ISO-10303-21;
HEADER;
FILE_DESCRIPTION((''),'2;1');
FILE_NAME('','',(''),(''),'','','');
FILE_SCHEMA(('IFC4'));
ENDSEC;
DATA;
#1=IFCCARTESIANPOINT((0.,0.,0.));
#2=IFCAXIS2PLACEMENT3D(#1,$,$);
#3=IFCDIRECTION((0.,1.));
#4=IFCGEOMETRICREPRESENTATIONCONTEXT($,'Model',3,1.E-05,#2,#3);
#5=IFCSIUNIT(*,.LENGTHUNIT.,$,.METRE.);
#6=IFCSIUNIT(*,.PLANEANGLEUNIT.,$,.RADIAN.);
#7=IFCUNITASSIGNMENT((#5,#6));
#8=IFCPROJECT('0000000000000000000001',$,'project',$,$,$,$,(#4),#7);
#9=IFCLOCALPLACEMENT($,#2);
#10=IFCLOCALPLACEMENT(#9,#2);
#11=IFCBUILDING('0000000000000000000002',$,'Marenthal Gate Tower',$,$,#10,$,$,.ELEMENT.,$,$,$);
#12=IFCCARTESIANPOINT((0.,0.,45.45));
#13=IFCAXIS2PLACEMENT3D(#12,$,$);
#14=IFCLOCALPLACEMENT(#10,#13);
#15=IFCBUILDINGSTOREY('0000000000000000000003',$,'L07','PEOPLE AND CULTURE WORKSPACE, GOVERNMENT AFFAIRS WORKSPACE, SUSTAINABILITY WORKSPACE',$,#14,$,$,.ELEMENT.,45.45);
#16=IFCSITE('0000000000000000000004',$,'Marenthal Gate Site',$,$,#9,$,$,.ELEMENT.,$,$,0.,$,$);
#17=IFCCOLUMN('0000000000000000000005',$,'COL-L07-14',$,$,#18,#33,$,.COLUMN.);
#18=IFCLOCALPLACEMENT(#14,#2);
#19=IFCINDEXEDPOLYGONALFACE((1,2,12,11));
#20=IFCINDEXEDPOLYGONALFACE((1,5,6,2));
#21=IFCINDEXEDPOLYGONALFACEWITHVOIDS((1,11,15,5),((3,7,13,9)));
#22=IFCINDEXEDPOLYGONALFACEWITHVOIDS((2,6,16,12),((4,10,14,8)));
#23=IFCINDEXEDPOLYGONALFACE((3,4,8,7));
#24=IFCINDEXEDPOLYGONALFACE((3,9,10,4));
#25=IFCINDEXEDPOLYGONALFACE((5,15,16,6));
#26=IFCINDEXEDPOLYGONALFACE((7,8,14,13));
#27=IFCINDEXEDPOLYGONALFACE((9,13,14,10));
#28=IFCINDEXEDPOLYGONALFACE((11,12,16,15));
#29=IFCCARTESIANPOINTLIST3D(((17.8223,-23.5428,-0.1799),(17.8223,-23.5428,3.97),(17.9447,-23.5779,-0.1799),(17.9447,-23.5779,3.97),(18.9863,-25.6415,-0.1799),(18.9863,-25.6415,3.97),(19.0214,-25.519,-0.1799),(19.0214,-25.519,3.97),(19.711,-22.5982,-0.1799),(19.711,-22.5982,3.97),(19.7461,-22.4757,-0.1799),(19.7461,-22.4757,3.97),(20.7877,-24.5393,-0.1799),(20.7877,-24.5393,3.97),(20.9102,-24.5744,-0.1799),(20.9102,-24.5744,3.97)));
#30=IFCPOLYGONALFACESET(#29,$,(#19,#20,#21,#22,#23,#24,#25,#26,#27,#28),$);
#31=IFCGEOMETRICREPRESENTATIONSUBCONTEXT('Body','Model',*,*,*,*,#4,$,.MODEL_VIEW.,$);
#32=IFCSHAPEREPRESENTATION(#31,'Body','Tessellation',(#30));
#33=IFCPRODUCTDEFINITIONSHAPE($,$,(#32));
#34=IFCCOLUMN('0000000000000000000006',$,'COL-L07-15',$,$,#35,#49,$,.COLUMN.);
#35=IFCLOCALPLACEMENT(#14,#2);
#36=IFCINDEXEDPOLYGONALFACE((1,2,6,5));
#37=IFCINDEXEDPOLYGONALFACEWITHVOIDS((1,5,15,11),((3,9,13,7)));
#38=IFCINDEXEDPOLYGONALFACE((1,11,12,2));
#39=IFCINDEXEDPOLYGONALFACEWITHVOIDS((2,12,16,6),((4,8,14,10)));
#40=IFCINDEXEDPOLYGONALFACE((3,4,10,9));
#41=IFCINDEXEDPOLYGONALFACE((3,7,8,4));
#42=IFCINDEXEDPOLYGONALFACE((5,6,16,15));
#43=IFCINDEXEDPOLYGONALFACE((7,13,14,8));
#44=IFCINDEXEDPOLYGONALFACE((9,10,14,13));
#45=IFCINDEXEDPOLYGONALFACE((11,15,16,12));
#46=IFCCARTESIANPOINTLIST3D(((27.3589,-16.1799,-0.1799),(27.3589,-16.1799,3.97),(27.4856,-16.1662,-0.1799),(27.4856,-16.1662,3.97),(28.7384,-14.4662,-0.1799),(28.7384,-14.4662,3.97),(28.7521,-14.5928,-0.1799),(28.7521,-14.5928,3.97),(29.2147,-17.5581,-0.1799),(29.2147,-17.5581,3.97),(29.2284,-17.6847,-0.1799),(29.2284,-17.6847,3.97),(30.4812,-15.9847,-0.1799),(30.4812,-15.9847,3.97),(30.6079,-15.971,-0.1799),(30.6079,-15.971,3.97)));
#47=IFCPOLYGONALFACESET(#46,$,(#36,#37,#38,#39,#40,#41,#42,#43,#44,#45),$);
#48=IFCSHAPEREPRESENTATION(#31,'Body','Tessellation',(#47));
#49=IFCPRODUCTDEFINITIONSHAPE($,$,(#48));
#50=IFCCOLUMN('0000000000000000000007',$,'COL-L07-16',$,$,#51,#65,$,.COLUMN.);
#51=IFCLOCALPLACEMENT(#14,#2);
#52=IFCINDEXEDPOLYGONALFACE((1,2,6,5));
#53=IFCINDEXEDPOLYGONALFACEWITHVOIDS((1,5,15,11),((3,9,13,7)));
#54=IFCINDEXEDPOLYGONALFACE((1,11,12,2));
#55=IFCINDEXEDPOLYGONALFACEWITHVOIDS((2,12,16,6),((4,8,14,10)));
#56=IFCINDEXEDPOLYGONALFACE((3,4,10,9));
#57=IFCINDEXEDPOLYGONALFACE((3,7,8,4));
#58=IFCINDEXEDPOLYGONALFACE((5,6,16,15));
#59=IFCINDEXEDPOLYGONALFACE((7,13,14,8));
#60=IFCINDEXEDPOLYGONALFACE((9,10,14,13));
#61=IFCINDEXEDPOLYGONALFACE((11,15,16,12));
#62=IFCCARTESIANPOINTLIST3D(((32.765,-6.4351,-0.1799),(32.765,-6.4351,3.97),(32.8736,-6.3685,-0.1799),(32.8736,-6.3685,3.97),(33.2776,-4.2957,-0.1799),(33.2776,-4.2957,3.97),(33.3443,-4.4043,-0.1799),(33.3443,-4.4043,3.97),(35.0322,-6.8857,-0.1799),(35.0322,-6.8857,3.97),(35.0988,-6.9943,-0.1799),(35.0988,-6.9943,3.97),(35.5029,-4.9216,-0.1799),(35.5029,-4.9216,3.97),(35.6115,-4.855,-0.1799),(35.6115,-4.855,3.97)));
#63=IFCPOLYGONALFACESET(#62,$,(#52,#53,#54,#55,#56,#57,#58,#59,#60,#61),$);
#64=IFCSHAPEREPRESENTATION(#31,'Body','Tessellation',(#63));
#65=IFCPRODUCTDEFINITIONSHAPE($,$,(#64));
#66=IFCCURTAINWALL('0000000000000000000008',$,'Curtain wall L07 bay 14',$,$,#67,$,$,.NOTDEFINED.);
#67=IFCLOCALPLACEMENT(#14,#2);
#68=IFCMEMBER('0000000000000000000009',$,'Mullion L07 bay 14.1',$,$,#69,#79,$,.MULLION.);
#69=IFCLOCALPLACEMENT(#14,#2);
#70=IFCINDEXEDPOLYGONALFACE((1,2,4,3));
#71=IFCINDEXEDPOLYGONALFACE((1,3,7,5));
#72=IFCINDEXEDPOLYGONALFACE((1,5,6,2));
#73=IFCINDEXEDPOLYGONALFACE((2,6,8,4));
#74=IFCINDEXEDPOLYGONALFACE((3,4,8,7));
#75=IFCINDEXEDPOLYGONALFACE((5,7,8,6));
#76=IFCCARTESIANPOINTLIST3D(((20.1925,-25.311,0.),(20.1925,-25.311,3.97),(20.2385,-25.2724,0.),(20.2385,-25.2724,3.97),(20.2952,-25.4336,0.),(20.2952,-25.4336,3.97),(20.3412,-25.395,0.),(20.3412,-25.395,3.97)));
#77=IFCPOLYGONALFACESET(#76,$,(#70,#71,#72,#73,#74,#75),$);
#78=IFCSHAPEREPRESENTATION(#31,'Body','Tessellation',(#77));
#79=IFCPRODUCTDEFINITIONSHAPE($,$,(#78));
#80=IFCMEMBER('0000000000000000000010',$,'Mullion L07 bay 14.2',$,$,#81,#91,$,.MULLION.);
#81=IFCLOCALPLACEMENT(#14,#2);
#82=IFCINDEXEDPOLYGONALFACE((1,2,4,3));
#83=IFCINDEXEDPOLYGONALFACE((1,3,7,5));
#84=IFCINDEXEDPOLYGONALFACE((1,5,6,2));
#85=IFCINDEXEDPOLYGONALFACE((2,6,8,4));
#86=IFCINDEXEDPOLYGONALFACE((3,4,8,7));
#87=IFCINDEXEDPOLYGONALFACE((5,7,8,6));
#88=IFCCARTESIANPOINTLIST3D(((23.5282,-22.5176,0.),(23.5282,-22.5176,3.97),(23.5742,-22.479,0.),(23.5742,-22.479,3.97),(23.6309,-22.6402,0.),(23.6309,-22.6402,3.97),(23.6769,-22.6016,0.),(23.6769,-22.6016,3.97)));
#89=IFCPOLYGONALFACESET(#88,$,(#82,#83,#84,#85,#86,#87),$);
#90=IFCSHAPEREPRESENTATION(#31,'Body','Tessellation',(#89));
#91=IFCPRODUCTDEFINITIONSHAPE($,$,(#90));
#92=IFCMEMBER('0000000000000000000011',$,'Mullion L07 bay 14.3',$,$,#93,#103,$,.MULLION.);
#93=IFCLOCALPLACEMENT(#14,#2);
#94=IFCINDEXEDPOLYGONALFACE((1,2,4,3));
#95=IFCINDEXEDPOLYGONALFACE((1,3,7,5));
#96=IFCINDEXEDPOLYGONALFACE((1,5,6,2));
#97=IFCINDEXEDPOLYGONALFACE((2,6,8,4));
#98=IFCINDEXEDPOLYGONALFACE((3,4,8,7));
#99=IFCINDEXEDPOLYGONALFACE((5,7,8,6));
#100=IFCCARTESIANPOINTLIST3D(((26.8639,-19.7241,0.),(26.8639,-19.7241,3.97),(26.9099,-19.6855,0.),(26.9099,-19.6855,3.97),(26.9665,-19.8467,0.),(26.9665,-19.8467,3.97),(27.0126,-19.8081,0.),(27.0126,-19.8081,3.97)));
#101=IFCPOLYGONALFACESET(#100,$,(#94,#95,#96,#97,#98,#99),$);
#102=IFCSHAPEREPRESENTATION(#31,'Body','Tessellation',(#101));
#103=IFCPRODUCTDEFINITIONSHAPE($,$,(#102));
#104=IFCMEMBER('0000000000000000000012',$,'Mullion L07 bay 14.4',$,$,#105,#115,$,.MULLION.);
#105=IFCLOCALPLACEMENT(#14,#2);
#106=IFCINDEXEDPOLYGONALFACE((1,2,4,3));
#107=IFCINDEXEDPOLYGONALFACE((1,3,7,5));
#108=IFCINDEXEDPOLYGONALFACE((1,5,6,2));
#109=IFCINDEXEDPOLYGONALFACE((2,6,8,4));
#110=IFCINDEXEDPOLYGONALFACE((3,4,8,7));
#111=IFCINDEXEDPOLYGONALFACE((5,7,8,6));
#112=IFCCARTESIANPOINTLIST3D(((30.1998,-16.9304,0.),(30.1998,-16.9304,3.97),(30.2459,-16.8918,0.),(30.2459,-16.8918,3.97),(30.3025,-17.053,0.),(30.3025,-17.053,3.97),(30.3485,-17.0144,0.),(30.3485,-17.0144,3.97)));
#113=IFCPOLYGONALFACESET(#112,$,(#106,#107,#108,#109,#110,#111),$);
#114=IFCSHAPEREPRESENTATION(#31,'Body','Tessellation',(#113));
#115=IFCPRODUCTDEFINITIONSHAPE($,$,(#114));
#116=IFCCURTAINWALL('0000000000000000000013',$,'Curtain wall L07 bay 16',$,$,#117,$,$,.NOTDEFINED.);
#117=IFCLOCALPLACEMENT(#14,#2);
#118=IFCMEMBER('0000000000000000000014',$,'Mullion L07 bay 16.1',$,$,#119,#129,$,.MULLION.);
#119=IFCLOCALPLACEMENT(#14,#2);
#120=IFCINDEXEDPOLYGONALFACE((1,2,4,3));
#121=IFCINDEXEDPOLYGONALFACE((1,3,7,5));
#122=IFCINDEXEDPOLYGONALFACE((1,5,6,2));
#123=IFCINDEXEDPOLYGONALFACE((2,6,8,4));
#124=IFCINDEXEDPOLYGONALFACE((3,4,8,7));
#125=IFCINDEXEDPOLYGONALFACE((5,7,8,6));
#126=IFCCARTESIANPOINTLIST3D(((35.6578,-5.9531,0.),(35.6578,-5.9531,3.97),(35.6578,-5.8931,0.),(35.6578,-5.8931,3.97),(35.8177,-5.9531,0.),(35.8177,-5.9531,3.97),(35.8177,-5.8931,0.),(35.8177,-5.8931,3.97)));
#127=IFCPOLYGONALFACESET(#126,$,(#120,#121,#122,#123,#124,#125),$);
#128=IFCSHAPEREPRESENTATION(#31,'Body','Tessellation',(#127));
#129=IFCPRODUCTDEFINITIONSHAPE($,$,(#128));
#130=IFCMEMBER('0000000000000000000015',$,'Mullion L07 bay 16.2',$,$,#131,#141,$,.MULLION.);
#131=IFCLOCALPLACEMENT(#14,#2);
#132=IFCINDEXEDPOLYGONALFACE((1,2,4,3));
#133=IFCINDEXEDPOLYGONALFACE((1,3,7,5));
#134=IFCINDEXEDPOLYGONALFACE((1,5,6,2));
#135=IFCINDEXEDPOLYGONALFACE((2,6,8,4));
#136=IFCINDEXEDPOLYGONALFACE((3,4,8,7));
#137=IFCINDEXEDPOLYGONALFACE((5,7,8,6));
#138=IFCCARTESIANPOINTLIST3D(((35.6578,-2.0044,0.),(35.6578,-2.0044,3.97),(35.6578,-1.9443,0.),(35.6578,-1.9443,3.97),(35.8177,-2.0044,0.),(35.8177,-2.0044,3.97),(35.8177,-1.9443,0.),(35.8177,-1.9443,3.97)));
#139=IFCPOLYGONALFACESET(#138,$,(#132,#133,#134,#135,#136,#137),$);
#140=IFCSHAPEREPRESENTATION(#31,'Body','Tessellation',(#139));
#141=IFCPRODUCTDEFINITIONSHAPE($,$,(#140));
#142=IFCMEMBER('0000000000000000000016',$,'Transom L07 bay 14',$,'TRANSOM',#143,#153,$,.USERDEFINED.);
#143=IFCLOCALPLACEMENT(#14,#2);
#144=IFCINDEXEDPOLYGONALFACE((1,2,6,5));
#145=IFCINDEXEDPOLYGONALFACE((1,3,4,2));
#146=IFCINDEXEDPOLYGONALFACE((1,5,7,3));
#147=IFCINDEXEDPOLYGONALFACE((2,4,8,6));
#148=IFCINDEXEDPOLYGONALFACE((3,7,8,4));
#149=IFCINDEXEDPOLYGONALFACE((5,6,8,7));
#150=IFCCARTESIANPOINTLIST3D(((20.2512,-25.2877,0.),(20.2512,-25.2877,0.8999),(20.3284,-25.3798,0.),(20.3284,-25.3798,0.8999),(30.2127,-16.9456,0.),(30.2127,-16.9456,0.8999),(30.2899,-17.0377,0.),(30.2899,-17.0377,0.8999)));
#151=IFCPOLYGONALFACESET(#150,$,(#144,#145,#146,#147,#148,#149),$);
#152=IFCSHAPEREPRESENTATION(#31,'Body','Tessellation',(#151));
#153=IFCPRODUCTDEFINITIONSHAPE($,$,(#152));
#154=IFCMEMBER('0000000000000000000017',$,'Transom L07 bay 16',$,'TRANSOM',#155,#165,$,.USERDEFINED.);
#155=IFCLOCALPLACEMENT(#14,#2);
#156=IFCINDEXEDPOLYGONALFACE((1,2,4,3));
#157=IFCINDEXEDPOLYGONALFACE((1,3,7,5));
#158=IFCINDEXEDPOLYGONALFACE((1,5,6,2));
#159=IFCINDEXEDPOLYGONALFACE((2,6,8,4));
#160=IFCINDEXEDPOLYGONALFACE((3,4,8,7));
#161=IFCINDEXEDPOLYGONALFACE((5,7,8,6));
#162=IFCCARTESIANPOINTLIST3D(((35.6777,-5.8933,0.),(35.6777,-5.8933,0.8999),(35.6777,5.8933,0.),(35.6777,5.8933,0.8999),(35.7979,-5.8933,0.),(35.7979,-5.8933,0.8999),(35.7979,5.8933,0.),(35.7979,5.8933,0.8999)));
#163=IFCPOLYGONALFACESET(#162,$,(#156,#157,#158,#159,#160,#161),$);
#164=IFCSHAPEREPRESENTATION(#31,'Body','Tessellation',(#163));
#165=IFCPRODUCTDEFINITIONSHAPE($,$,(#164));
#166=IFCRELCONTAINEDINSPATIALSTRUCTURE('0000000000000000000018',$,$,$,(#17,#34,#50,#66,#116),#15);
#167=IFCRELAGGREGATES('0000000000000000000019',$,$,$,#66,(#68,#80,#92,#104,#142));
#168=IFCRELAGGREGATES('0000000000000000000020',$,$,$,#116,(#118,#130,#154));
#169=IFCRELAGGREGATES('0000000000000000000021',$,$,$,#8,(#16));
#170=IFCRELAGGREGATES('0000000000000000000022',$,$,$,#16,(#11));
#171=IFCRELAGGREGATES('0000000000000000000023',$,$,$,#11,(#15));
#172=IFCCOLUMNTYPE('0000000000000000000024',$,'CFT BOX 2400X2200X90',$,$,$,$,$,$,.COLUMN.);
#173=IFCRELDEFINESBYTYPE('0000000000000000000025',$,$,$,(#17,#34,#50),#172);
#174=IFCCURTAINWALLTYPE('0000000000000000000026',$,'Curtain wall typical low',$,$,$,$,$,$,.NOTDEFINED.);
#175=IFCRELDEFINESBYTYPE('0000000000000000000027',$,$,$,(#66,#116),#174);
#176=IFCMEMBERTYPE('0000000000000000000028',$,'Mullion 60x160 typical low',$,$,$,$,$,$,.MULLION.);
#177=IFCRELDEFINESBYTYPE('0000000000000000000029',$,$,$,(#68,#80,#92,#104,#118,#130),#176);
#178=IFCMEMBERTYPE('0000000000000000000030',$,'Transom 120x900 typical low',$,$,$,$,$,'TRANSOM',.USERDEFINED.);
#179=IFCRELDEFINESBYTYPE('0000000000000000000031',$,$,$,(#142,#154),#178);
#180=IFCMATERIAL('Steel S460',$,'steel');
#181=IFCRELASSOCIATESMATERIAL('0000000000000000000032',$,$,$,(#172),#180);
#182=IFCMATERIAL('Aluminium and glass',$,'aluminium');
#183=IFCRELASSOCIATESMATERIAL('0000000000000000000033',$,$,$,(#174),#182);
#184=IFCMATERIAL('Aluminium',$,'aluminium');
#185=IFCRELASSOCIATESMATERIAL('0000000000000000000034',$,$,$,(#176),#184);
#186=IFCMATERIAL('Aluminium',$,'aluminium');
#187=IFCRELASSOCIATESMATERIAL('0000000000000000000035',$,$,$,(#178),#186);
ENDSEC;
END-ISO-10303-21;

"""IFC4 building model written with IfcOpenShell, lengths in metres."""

from ifc_helpers import new_model, si_unit, direction, frame, origin, origin_2d, place, context, subcontext, project, spatial, rectangle, hollow_rectangle, extrude, material, material_profile, profile_set, type_object, element, aggregate, save


model = new_model("IFC4")

# Units and contexts
model_context = context("Model", 3, precision=1e-05, world=origin(), true_north=direction((0.0, 1.0)))
body_context = subcontext(model_context, "Body", "Model", "MODEL_VIEW")
ifc_project = project(units=[si_unit("LENGTHUNIT", "METRE"), si_unit("PLANEANGLEUNIT", "RADIAN")], contexts=[model_context])

# Site, building, storey
site_placement = place(None, origin())
site = spatial("IfcSite", under=ifc_project, at=site_placement, Name="Marenthal Gate Site", CompositionType="ELEMENT", RefElevation=0.0)
building_placement = place(site_placement, origin())
building = spatial("IfcBuilding", under=site, at=building_placement, Name="Marenthal Gate Tower", CompositionType="ELEMENT")
storey_placement = place(building_placement, frame((0.0, 0.0, 45.45)))
storey = spatial("IfcBuildingStorey", under=building, at=storey_placement, Name="L07", Description="PEOPLE AND CULTURE WORKSPACE, GOVERNMENT AFFAIRS WORKSPACE, SUSTAINABILITY WORKSPACE", CompositionType="ELEMENT", Elevation=45.45)

# Columns
ifc_material_1 = material(Name="Steel S460", Category="steel")
ifc_material_profile_1 = material_profile(ifc_material_1, hollow_rectangle(XDim=2.2, YDim=2.3999, WallThickness=0.0901, at=origin_2d()), Name="CFT BOX 2400X2200X90")
ifc_material_2 = material(Name="Concrete 70 MPa", Category="concrete")
ifc_material_profile_2 = material_profile(ifc_material_2, rectangle(XDim=2.02, YDim=2.22, at=origin_2d()), Name="CFT BOX 2400X2200X90 INFILL")
ifc_profile_set_1 = profile_set([ifc_material_profile_1, ifc_material_profile_2], Name="Steel S460 shell, Concrete 70 MPa infill")
column_type = type_object("IfcColumnType", Name="CFT BOX 2400X2200X90", PredefinedType="COLUMN", material=ifc_profile_set_1)
for number, where, z_axis, x_axis, name in (
    (1, (19.3662, -24.0586, -0.1799), (0.0, 0.0, 1.0), (-0.874496, -0.485032, 0.0), "COL-L07-14"),
    (2, (28.9834, -16.0754, -0.1799), (0.0, 0.0, 1.0), (-0.627046, -0.778982, 0.0), "COL-L07-15"),
    (3, (34.1882, -5.645, -0.1799), (0.0, 0.0, 1.0), (-0.233033, -0.972469, 0.0), "COL-L07-16"),
):
    element("IfcColumn", number, at=place(storey_placement, frame(where, z_axis=z_axis, x_axis=x_axis)), inside=storey, type_object=column_type, Name=name, PredefinedType="COLUMN", context=body_context, shape_type="SweptSolid", body=[
        extrude(hollow_rectangle(XDim=2.2, YDim=2.3999, WallThickness=0.0901, at=origin_2d()), origin(), (0.0, 0.0, 1.0), 4.1499),
    ])

# Curtain walls, members
ifc_material_3 = material(Name="Aluminium and glass", Category="aluminium")
curtain_wall_type = type_object("IfcCurtainWallType", Name="Curtain wall typical low", PredefinedType="NOTDEFINED", material=ifc_material_3)
curtain_wall_1_placement = place(storey_placement, origin())
curtain_wall_1 = element("IfcCurtainWall", 4, at=curtain_wall_1_placement, inside=storey, type_object=curtain_wall_type, Name="Curtain wall L07 bay 14", PredefinedType="NOTDEFINED")
ifc_material_4 = material(Name="Aluminium", Category="aluminium")
ifc_material_profile_3 = material_profile(ifc_material_4, rectangle(XDim=0.1599, YDim=0.0601, at=origin_2d()), Name="60x160 aluminium mullion")
ifc_profile_set_2 = profile_set([ifc_material_profile_3], Name="Aluminium")
member_type_1 = type_object("IfcMemberType", Name="Mullion 60x160 typical low", PredefinedType="MULLION", material=ifc_profile_set_2)
member_1_placement = place(storey_placement, frame((20.2668, -25.353, 0.0), z_axis=(0.0, 0.0, 1.0), x_axis=(-0.642047, 0.766665, 0.0)))
member_1 = element("IfcMember", 5, at=member_1_placement, type_object=member_type_1, Name="Mullion L07 bay 14.1", PredefinedType="MULLION", context=body_context, shape_type="SweptSolid", body=[
    extrude(rectangle(XDim=0.1599, YDim=0.0601, at=origin_2d()), origin(), (0.0, 0.0, 1.0), 3.97),
])
member_2_placement = place(storey_placement, frame((23.6025, -22.5596, 0.0), z_axis=(0.0, 0.0, 1.0), x_axis=(-0.642047, 0.766665, 0.0)))
member_2 = element("IfcMember", 6, at=member_2_placement, type_object=member_type_1, Name="Mullion L07 bay 14.2", PredefinedType="MULLION", context=body_context, shape_type="SweptSolid", body=[
    extrude(rectangle(XDim=0.1599, YDim=0.0601, at=origin_2d()), origin(), (0.0, 0.0, 1.0), 3.97),
])
member_3_placement = place(storey_placement, frame((26.9382, -19.7661, 0.0), z_axis=(0.0, 0.0, 1.0), x_axis=(-0.642047, 0.766665, 0.0)))
member_3 = element("IfcMember", 7, at=member_3_placement, type_object=member_type_1, Name="Mullion L07 bay 14.3", PredefinedType="MULLION", context=body_context, shape_type="SweptSolid", body=[
    extrude(rectangle(XDim=0.1599, YDim=0.0601, at=origin_2d()), origin(), (0.0, 0.0, 1.0), 3.97),
])
member_4_placement = place(storey_placement, frame((30.2742, -16.9724, 0.0), z_axis=(0.0, 0.0, 1.0), x_axis=(-0.642047, 0.766665, 0.0)))
member_4 = element("IfcMember", 8, at=member_4_placement, type_object=member_type_1, Name="Mullion L07 bay 14.4", PredefinedType="MULLION", context=body_context, shape_type="SweptSolid", body=[
    extrude(rectangle(XDim=0.1599, YDim=0.0601, at=origin_2d()), origin(), (0.0, 0.0, 1.0), 3.97),
])
curtain_wall_2_placement = place(storey_placement, origin())
curtain_wall_2 = element("IfcCurtainWall", 9, at=curtain_wall_2_placement, inside=storey, type_object=curtain_wall_type, Name="Curtain wall L07 bay 16", PredefinedType="NOTDEFINED")
member_5_placement = place(storey_placement, frame((35.7378, -5.9231, 0.0), z_axis=(0.0, 0.0, 1.0), x_axis=(-1.0, 0.0, 0.0)))
member_5 = element("IfcMember", 10, at=member_5_placement, type_object=member_type_1, Name="Mullion L07 bay 16.1", PredefinedType="MULLION", context=body_context, shape_type="SweptSolid", body=[
    extrude(rectangle(XDim=0.1599, YDim=0.0601, at=origin_2d()), origin(), (0.0, 0.0, 1.0), 3.97),
])
member_6_placement = place(storey_placement, frame((35.7378, -1.9744, 0.0), z_axis=(0.0, 0.0, 1.0), x_axis=(-1.0, 0.0, 0.0)))
member_6 = element("IfcMember", 11, at=member_6_placement, type_object=member_type_1, Name="Mullion L07 bay 16.2", PredefinedType="MULLION", context=body_context, shape_type="SweptSolid", body=[
    extrude(rectangle(XDim=0.1599, YDim=0.0601, at=origin_2d()), origin(), (0.0, 0.0, 1.0), 3.97),
])

# Members
ifc_material_5 = material(Name="Aluminium", Category="aluminium")
ifc_material_profile_4 = material_profile(ifc_material_5, rectangle(XDim=0.1201, YDim=0.8999, at=origin_2d()), Name="120x900 aluminium transom")
ifc_profile_set_3 = profile_set([ifc_material_profile_4], Name="Aluminium")
member_type_2 = type_object("IfcMemberType", Name="Transom 120x900 typical low", ElementType="TRANSOM", PredefinedType="USERDEFINED", material=ifc_profile_set_3)
member_7_placement = place(storey_placement, frame((20.2898, -25.3337, 0.45), z_axis=(0.766673, 0.642038, 0.0), x_axis=(-0.642038, 0.766673, 0.0)))
member_7 = element("IfcMember", 12, at=member_7_placement, type_object=member_type_2, Name="Transom L07 bay 14", ObjectType="TRANSOM", PredefinedType="USERDEFINED", context=body_context, shape_type="SweptSolid", body=[
    extrude(rectangle(XDim=0.1201, YDim=0.8999, at=origin_2d()), origin(), (0.0, 0.0, 1.0), 12.9932),
])
member_8_placement = place(storey_placement, frame((35.7378, -5.8933, 0.45), z_axis=(0.0, 1.0, 0.0), x_axis=(-1.0, 0.0, 0.0)))
member_8 = element("IfcMember", 13, at=member_8_placement, type_object=member_type_2, Name="Transom L07 bay 16", ObjectType="TRANSOM", PredefinedType="USERDEFINED", context=body_context, shape_type="SweptSolid", body=[
    extrude(rectangle(XDim=0.1201, YDim=0.8999, at=origin_2d()), origin(), (0.0, 0.0, 1.0), 11.7866),
])

aggregate(curtain_wall_1, [member_1, member_2, member_3, member_4, member_7])
aggregate(curtain_wall_2, [member_5, member_6, member_8])

save(model, "model.ifc")
